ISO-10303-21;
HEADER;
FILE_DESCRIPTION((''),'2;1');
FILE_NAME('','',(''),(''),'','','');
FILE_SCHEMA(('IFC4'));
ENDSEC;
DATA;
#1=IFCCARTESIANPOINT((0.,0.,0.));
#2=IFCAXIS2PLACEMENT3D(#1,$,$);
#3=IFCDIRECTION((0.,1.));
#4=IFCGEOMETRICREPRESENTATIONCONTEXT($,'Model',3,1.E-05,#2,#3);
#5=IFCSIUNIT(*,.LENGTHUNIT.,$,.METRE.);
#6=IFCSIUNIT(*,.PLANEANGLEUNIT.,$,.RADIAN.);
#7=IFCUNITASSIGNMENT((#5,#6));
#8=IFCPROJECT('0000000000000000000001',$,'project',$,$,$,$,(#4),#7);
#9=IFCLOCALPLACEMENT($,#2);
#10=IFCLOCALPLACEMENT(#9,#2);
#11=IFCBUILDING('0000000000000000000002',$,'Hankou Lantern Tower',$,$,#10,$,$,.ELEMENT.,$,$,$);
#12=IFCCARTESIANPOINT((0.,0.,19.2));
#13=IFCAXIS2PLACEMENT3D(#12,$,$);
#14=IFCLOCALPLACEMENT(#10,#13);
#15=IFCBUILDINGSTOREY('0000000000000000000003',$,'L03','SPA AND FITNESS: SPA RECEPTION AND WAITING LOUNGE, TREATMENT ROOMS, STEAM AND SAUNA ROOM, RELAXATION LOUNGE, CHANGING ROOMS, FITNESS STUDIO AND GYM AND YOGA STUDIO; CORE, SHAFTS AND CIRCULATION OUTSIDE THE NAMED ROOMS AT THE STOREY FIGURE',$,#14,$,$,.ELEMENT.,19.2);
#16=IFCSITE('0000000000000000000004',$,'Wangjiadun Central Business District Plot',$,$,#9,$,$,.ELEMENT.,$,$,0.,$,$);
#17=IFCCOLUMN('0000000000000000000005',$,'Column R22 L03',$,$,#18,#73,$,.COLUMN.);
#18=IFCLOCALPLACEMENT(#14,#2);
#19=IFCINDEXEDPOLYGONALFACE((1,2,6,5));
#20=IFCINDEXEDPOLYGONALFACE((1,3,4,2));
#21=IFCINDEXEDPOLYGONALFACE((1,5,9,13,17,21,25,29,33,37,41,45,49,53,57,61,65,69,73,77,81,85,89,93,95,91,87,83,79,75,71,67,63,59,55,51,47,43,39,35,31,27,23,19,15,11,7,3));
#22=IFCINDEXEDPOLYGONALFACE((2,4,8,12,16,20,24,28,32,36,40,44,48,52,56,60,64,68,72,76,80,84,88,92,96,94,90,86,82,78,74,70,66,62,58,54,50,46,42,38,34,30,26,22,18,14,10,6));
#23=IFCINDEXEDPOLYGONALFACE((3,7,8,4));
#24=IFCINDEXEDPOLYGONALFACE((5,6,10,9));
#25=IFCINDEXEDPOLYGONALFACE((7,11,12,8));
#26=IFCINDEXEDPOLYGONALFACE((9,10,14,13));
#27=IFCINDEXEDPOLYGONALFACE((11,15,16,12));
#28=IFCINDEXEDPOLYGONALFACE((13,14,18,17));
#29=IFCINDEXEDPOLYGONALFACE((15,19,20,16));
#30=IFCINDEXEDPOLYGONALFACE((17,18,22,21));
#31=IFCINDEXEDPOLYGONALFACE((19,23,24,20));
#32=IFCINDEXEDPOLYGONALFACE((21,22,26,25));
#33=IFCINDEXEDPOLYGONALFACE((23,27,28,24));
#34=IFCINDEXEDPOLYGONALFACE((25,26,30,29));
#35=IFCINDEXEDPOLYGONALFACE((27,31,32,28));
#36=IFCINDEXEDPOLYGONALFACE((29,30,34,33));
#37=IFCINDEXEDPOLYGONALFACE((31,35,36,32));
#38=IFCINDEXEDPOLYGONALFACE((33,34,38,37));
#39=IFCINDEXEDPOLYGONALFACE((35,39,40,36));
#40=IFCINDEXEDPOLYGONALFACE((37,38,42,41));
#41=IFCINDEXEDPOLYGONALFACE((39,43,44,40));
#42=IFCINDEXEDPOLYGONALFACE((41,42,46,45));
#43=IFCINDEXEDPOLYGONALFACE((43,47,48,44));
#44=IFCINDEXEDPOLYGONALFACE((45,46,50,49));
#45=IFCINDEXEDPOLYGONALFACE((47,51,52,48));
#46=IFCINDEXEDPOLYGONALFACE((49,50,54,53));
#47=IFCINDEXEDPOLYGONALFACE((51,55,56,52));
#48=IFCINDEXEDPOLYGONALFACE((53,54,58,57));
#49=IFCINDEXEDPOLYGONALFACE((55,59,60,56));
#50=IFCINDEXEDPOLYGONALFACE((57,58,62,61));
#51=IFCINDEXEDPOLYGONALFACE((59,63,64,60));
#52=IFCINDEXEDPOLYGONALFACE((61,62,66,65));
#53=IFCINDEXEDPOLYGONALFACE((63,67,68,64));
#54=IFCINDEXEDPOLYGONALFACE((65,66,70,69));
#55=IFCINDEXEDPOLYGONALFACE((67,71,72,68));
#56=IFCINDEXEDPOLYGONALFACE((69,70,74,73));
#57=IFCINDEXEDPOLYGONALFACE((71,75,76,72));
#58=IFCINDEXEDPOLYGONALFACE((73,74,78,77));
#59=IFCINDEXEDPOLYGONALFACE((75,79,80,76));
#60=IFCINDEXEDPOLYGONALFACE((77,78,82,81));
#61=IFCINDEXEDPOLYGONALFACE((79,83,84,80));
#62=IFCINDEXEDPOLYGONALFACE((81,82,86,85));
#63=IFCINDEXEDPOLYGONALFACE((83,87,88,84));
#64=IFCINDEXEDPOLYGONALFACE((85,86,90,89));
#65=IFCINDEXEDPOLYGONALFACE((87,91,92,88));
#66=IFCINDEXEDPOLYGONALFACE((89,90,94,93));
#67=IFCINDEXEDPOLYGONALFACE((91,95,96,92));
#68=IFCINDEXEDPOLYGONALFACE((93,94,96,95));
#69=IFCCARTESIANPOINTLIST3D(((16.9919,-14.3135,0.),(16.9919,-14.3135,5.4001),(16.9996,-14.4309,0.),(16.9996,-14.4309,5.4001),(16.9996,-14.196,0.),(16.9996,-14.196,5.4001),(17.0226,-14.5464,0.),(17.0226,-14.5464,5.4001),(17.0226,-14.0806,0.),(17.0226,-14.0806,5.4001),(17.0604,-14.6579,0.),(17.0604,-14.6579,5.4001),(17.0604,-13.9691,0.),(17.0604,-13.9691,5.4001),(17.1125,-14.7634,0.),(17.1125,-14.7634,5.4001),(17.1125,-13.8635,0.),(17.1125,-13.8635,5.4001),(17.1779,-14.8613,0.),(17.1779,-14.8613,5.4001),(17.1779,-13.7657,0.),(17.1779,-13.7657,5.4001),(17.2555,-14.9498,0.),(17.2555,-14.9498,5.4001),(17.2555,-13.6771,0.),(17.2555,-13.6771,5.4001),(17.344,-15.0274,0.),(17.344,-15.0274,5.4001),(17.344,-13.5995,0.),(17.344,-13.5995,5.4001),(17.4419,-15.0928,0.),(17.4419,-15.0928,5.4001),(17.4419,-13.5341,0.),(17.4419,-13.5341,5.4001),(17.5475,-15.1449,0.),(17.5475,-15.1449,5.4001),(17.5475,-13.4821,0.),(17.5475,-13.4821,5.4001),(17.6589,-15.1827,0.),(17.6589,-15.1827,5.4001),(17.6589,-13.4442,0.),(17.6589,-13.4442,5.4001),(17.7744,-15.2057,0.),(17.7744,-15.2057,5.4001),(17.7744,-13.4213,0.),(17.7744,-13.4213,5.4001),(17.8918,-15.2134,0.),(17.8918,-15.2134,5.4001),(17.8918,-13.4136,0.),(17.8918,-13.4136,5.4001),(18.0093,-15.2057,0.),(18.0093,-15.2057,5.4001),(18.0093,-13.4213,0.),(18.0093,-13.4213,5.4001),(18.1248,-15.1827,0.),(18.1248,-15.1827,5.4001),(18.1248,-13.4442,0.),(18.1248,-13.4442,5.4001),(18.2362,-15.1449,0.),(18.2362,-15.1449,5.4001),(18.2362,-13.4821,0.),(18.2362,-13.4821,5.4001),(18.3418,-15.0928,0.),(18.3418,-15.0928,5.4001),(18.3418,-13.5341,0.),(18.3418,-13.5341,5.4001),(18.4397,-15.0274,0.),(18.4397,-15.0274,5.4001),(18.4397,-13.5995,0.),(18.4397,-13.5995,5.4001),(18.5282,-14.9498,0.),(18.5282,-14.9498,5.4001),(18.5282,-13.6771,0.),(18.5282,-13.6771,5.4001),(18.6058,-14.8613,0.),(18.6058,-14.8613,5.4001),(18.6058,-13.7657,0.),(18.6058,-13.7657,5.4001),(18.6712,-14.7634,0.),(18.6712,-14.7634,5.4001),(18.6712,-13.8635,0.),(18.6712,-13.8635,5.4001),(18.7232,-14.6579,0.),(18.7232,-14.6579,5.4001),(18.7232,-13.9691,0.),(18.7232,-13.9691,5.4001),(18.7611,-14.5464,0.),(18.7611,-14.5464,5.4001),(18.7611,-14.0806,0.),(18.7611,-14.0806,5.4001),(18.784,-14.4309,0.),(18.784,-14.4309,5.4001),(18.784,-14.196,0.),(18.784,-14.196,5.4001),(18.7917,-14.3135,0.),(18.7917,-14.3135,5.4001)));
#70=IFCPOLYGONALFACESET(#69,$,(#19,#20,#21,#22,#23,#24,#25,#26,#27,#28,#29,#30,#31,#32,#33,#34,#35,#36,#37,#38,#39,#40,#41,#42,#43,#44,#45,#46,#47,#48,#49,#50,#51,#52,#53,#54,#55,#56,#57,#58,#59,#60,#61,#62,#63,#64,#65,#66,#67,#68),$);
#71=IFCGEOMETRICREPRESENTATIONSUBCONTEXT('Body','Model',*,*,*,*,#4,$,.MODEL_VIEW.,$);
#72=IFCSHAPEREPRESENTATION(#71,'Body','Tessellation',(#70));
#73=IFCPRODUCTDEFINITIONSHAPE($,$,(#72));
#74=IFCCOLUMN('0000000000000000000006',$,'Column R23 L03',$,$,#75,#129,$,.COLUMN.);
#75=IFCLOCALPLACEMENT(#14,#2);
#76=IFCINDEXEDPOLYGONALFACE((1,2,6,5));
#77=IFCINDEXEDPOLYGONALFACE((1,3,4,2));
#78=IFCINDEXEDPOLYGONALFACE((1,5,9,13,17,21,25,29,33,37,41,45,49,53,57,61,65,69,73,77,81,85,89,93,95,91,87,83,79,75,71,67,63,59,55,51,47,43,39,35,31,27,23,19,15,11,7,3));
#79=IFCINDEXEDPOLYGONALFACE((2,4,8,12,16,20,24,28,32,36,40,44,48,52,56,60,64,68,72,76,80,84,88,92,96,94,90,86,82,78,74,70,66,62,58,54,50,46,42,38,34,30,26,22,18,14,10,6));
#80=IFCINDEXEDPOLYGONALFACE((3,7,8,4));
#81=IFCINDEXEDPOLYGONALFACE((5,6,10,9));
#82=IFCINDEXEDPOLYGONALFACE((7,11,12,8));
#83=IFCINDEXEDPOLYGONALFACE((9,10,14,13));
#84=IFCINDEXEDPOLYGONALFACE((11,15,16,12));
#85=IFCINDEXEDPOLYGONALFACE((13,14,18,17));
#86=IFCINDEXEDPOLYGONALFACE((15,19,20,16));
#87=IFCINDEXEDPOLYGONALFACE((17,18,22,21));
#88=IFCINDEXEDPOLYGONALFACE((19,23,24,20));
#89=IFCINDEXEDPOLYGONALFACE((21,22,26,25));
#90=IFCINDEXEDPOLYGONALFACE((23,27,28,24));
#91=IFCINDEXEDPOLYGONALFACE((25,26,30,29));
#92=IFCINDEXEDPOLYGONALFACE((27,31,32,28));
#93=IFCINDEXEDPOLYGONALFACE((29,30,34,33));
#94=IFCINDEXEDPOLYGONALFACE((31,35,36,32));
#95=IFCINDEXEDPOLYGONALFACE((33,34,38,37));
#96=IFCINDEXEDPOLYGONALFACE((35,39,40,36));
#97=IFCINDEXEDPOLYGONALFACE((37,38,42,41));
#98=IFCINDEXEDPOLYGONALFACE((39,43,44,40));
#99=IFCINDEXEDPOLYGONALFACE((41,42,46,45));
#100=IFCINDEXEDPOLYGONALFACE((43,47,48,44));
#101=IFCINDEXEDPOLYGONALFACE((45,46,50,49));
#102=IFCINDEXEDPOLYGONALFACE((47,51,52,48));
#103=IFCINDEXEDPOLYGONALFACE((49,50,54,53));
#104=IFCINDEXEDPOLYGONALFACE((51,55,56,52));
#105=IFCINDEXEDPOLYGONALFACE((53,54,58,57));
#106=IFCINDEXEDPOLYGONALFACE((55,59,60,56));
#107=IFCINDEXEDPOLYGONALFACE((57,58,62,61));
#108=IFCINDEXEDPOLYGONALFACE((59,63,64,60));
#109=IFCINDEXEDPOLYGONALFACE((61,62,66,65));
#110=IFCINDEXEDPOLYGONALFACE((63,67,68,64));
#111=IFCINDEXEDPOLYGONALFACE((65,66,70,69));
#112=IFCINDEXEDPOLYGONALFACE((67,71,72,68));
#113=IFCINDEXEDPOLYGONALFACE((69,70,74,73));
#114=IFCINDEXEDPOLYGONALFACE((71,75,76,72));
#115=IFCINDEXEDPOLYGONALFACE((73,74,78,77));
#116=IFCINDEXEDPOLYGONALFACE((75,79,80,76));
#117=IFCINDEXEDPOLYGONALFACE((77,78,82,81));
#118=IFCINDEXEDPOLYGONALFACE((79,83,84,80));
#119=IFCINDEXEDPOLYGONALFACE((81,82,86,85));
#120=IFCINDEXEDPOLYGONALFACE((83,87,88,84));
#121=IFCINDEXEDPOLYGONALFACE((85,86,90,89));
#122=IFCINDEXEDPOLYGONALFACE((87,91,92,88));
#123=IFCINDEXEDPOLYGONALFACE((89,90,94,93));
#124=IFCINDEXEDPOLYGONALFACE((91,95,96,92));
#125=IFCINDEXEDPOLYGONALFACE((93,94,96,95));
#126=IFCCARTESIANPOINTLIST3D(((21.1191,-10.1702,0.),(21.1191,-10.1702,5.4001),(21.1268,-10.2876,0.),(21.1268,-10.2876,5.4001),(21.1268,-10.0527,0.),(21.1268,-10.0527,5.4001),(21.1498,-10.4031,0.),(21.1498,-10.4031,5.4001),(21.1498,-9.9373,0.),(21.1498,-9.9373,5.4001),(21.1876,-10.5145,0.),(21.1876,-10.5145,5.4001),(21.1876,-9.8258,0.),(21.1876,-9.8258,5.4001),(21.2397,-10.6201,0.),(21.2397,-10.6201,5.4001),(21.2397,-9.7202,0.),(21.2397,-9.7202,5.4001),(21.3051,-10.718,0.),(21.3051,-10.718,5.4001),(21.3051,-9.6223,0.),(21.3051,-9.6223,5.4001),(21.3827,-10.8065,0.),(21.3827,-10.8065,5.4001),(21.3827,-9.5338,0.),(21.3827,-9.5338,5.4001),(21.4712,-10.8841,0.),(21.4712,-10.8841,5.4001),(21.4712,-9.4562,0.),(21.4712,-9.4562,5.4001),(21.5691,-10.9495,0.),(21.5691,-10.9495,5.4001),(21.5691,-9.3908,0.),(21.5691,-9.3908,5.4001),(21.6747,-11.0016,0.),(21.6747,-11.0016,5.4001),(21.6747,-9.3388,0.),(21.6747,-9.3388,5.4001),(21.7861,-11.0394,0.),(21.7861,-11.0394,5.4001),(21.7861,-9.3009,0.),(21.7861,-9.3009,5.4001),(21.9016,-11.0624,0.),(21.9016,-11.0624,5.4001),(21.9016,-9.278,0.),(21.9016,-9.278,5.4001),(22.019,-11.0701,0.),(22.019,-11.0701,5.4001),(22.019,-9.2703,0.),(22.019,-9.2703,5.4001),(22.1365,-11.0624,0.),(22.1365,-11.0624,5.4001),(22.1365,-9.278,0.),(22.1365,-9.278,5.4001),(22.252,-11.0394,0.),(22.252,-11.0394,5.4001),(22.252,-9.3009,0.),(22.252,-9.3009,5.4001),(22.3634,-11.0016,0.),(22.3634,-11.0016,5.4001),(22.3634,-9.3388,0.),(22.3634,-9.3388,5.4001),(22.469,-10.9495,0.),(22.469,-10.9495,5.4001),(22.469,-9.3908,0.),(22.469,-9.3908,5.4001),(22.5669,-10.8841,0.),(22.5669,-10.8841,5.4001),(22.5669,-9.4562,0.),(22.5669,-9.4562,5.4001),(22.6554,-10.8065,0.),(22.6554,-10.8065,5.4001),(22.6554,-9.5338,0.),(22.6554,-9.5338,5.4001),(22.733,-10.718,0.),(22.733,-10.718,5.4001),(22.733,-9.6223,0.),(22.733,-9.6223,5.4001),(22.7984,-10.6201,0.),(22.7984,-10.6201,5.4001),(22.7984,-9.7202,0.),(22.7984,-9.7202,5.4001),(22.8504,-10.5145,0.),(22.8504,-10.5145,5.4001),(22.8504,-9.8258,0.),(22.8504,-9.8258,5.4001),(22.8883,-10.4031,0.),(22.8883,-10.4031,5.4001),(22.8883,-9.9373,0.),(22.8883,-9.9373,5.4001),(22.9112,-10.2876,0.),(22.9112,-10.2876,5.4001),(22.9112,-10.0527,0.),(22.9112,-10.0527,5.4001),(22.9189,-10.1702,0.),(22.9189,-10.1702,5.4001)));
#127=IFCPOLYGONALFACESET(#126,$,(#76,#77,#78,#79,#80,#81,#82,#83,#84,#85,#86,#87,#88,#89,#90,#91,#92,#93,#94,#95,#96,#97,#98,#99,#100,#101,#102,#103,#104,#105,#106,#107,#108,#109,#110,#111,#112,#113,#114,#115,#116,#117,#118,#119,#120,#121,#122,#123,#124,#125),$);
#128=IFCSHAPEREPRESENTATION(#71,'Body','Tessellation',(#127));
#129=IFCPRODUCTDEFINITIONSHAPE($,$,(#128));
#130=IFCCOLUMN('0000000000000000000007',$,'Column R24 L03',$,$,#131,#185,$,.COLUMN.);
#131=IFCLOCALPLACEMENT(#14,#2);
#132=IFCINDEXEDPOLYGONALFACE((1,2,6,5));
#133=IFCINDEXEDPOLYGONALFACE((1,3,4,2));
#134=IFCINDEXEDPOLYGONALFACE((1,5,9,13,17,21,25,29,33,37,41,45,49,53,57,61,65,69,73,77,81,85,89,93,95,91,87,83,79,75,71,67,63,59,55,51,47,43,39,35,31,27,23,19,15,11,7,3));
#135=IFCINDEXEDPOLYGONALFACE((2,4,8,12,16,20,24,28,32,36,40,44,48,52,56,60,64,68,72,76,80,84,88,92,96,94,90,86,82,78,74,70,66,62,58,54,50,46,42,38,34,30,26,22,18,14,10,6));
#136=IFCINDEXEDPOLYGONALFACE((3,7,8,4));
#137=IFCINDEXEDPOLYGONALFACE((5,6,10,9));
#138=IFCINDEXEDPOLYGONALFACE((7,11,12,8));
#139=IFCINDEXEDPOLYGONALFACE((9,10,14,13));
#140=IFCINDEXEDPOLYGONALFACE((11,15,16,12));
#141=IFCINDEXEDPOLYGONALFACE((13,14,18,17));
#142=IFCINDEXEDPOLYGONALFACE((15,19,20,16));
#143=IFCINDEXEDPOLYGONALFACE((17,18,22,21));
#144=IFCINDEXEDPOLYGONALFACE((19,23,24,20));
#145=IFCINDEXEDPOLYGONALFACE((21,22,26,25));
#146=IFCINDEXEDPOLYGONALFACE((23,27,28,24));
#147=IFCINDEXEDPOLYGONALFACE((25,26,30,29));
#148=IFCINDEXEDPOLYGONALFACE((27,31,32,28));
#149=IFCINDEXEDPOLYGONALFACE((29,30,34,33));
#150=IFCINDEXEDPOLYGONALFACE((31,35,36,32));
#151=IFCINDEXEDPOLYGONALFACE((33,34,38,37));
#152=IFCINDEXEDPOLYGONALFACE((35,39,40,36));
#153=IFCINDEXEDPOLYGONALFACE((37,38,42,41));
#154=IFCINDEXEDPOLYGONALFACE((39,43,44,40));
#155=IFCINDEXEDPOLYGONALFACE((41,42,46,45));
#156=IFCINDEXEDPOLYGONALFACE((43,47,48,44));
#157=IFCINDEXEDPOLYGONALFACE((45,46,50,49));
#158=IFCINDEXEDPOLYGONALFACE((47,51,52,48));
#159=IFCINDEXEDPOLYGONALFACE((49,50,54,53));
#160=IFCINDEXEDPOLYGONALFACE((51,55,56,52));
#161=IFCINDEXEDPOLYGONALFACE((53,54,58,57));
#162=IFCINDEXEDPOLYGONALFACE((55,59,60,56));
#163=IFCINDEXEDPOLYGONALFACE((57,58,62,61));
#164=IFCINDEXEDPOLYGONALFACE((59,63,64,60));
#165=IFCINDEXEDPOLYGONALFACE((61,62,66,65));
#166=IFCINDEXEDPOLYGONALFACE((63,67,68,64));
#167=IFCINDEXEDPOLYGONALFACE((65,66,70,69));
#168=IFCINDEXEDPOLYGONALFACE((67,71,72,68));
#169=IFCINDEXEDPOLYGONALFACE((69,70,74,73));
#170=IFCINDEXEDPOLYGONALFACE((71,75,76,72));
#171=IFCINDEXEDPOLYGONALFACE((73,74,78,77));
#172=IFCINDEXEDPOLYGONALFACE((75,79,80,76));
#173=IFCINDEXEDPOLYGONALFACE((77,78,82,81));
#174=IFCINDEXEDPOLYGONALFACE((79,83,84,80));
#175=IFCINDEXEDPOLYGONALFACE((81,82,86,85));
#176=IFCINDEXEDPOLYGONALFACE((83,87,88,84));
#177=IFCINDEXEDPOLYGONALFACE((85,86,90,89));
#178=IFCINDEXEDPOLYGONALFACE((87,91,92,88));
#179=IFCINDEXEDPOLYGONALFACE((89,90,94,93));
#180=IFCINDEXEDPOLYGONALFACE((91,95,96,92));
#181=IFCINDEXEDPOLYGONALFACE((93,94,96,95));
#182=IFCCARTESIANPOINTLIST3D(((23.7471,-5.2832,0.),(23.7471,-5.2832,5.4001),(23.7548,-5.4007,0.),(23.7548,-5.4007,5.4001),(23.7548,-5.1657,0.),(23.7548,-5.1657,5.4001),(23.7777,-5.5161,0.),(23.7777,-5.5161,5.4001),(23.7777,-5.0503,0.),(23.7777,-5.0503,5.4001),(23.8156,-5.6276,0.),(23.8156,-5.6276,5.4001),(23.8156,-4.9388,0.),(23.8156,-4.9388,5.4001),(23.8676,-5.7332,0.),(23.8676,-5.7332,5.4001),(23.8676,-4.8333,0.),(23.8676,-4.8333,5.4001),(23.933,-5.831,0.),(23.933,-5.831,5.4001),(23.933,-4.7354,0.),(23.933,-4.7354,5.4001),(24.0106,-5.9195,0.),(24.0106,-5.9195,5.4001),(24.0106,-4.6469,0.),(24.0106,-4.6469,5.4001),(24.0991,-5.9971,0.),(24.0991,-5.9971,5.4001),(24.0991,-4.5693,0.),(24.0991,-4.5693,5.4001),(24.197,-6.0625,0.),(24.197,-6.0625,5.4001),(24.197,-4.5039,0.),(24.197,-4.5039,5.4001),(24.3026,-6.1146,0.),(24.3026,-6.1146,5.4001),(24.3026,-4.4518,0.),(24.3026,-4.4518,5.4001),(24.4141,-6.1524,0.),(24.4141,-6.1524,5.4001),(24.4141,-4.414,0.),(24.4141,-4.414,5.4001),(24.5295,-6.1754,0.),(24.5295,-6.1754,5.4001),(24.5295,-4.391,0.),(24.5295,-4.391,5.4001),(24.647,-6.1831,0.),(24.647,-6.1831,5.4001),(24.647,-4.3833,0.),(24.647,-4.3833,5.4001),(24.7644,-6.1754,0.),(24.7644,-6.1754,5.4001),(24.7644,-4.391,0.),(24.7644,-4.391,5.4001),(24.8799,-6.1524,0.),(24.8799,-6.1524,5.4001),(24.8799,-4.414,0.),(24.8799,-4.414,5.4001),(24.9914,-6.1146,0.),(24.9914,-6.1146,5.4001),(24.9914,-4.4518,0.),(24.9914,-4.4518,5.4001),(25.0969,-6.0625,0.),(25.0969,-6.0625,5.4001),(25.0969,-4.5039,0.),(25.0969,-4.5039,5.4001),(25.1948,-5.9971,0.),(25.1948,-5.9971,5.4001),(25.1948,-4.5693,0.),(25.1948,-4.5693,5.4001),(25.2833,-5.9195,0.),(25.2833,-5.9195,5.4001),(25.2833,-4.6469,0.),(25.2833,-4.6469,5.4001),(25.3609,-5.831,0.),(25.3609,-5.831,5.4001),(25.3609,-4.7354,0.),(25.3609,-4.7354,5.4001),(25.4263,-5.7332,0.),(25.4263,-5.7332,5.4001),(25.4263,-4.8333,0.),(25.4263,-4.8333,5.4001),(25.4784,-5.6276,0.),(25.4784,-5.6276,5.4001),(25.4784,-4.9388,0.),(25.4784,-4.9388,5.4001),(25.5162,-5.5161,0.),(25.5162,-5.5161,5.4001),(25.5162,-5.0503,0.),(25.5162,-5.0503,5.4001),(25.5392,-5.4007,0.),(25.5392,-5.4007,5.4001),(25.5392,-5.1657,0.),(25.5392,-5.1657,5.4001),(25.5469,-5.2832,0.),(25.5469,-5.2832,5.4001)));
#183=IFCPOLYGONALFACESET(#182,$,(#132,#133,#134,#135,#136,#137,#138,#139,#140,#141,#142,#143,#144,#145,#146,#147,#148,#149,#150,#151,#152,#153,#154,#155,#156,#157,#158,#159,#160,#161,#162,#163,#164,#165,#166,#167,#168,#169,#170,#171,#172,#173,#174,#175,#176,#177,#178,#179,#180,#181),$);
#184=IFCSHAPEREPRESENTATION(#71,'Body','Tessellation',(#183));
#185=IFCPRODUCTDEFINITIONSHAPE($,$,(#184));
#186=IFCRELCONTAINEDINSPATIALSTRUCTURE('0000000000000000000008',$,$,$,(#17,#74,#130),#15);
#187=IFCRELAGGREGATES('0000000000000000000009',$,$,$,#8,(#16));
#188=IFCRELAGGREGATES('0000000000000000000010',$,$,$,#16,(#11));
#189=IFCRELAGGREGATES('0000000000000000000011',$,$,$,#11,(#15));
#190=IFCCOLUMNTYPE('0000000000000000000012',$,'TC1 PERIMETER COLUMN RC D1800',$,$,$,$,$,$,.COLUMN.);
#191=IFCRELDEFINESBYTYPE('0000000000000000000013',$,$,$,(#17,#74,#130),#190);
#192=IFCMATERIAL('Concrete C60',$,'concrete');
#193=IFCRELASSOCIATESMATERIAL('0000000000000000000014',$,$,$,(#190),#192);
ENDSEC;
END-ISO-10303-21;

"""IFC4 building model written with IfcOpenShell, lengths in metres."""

from ifc_helpers import new_model, si_unit, direction, frame, origin, origin_2d, place, context, subcontext, project, spatial, circle, extrude, material, material_profile, profile_set, type_object, element, save


model = new_model("IFC4")

# Units and contexts
model_context = context("Model", 3, precision=1e-05, world=origin(), true_north=direction((0.0, 1.0)))
body_context = subcontext(model_context, "Body", "Model", "MODEL_VIEW")
ifc_project = project(units=[si_unit("LENGTHUNIT", "METRE"), si_unit("PLANEANGLEUNIT", "RADIAN")], contexts=[model_context])

# Site, building, storey
site_placement = place(None, origin())
site = spatial("IfcSite", under=ifc_project, at=site_placement, Name="Wangjiadun Central Business District Plot", CompositionType="ELEMENT", RefElevation=0.0)
building_placement = place(site_placement, origin())
building = spatial("IfcBuilding", under=site, at=building_placement, Name="Hankou Lantern Tower", CompositionType="ELEMENT")
storey_placement = place(building_placement, frame((0.0, 0.0, 19.2)))
storey = spatial("IfcBuildingStorey", under=building, at=storey_placement, Name="L03", Description="SPA AND FITNESS: SPA RECEPTION AND WAITING LOUNGE, TREATMENT ROOMS, STEAM AND SAUNA ROOM, RELAXATION LOUNGE, CHANGING ROOMS, FITNESS STUDIO AND GYM AND YOGA STUDIO; CORE, SHAFTS AND CIRCULATION OUTSIDE THE NAMED ROOMS AT THE STOREY FIGURE", CompositionType="ELEMENT", Elevation=19.2)

# Columns
ifc_material_1 = material(Name="Concrete C60", Category="concrete")
ifc_material_profile_1 = material_profile(ifc_material_1, circle(Radius=0.8999, at=origin_2d()), Name="RC D1800")
ifc_profile_set_1 = profile_set([ifc_material_profile_1], Name="Concrete C60")
column_type = type_object("IfcColumnType", Name="TC1 PERIMETER COLUMN RC D1800", PredefinedType="COLUMN", material=ifc_profile_set_1)
for number, where, z_axis, x_axis, name in (
    (1, (17.8918, -14.3135, 0.0), (0.0, 0.0, 1.0), (1.0, 0.0, 0.0), "Column R22 L03"),
    (2, (22.019, -10.1702, 0.0), (0.0, 0.0, 1.0), (1.0, 0.0, 0.0), "Column R23 L03"),
    (3, (24.647, -5.2832, 0.0), (0.0, 0.0, 1.0), (1.0, 0.0, 0.0), "Column R24 L03"),
):
    element("IfcColumn", number, at=place(storey_placement, frame(where, z_axis=z_axis, x_axis=x_axis)), inside=storey, type_object=column_type, Name=name, PredefinedType="COLUMN", context=body_context, shape_type="SweptSolid", body=[
        extrude(circle(Radius=0.8999, at=origin_2d()), origin(), (0.0, 0.0, 1.0), 5.4001),
    ])

save(model, "model.ifc")
